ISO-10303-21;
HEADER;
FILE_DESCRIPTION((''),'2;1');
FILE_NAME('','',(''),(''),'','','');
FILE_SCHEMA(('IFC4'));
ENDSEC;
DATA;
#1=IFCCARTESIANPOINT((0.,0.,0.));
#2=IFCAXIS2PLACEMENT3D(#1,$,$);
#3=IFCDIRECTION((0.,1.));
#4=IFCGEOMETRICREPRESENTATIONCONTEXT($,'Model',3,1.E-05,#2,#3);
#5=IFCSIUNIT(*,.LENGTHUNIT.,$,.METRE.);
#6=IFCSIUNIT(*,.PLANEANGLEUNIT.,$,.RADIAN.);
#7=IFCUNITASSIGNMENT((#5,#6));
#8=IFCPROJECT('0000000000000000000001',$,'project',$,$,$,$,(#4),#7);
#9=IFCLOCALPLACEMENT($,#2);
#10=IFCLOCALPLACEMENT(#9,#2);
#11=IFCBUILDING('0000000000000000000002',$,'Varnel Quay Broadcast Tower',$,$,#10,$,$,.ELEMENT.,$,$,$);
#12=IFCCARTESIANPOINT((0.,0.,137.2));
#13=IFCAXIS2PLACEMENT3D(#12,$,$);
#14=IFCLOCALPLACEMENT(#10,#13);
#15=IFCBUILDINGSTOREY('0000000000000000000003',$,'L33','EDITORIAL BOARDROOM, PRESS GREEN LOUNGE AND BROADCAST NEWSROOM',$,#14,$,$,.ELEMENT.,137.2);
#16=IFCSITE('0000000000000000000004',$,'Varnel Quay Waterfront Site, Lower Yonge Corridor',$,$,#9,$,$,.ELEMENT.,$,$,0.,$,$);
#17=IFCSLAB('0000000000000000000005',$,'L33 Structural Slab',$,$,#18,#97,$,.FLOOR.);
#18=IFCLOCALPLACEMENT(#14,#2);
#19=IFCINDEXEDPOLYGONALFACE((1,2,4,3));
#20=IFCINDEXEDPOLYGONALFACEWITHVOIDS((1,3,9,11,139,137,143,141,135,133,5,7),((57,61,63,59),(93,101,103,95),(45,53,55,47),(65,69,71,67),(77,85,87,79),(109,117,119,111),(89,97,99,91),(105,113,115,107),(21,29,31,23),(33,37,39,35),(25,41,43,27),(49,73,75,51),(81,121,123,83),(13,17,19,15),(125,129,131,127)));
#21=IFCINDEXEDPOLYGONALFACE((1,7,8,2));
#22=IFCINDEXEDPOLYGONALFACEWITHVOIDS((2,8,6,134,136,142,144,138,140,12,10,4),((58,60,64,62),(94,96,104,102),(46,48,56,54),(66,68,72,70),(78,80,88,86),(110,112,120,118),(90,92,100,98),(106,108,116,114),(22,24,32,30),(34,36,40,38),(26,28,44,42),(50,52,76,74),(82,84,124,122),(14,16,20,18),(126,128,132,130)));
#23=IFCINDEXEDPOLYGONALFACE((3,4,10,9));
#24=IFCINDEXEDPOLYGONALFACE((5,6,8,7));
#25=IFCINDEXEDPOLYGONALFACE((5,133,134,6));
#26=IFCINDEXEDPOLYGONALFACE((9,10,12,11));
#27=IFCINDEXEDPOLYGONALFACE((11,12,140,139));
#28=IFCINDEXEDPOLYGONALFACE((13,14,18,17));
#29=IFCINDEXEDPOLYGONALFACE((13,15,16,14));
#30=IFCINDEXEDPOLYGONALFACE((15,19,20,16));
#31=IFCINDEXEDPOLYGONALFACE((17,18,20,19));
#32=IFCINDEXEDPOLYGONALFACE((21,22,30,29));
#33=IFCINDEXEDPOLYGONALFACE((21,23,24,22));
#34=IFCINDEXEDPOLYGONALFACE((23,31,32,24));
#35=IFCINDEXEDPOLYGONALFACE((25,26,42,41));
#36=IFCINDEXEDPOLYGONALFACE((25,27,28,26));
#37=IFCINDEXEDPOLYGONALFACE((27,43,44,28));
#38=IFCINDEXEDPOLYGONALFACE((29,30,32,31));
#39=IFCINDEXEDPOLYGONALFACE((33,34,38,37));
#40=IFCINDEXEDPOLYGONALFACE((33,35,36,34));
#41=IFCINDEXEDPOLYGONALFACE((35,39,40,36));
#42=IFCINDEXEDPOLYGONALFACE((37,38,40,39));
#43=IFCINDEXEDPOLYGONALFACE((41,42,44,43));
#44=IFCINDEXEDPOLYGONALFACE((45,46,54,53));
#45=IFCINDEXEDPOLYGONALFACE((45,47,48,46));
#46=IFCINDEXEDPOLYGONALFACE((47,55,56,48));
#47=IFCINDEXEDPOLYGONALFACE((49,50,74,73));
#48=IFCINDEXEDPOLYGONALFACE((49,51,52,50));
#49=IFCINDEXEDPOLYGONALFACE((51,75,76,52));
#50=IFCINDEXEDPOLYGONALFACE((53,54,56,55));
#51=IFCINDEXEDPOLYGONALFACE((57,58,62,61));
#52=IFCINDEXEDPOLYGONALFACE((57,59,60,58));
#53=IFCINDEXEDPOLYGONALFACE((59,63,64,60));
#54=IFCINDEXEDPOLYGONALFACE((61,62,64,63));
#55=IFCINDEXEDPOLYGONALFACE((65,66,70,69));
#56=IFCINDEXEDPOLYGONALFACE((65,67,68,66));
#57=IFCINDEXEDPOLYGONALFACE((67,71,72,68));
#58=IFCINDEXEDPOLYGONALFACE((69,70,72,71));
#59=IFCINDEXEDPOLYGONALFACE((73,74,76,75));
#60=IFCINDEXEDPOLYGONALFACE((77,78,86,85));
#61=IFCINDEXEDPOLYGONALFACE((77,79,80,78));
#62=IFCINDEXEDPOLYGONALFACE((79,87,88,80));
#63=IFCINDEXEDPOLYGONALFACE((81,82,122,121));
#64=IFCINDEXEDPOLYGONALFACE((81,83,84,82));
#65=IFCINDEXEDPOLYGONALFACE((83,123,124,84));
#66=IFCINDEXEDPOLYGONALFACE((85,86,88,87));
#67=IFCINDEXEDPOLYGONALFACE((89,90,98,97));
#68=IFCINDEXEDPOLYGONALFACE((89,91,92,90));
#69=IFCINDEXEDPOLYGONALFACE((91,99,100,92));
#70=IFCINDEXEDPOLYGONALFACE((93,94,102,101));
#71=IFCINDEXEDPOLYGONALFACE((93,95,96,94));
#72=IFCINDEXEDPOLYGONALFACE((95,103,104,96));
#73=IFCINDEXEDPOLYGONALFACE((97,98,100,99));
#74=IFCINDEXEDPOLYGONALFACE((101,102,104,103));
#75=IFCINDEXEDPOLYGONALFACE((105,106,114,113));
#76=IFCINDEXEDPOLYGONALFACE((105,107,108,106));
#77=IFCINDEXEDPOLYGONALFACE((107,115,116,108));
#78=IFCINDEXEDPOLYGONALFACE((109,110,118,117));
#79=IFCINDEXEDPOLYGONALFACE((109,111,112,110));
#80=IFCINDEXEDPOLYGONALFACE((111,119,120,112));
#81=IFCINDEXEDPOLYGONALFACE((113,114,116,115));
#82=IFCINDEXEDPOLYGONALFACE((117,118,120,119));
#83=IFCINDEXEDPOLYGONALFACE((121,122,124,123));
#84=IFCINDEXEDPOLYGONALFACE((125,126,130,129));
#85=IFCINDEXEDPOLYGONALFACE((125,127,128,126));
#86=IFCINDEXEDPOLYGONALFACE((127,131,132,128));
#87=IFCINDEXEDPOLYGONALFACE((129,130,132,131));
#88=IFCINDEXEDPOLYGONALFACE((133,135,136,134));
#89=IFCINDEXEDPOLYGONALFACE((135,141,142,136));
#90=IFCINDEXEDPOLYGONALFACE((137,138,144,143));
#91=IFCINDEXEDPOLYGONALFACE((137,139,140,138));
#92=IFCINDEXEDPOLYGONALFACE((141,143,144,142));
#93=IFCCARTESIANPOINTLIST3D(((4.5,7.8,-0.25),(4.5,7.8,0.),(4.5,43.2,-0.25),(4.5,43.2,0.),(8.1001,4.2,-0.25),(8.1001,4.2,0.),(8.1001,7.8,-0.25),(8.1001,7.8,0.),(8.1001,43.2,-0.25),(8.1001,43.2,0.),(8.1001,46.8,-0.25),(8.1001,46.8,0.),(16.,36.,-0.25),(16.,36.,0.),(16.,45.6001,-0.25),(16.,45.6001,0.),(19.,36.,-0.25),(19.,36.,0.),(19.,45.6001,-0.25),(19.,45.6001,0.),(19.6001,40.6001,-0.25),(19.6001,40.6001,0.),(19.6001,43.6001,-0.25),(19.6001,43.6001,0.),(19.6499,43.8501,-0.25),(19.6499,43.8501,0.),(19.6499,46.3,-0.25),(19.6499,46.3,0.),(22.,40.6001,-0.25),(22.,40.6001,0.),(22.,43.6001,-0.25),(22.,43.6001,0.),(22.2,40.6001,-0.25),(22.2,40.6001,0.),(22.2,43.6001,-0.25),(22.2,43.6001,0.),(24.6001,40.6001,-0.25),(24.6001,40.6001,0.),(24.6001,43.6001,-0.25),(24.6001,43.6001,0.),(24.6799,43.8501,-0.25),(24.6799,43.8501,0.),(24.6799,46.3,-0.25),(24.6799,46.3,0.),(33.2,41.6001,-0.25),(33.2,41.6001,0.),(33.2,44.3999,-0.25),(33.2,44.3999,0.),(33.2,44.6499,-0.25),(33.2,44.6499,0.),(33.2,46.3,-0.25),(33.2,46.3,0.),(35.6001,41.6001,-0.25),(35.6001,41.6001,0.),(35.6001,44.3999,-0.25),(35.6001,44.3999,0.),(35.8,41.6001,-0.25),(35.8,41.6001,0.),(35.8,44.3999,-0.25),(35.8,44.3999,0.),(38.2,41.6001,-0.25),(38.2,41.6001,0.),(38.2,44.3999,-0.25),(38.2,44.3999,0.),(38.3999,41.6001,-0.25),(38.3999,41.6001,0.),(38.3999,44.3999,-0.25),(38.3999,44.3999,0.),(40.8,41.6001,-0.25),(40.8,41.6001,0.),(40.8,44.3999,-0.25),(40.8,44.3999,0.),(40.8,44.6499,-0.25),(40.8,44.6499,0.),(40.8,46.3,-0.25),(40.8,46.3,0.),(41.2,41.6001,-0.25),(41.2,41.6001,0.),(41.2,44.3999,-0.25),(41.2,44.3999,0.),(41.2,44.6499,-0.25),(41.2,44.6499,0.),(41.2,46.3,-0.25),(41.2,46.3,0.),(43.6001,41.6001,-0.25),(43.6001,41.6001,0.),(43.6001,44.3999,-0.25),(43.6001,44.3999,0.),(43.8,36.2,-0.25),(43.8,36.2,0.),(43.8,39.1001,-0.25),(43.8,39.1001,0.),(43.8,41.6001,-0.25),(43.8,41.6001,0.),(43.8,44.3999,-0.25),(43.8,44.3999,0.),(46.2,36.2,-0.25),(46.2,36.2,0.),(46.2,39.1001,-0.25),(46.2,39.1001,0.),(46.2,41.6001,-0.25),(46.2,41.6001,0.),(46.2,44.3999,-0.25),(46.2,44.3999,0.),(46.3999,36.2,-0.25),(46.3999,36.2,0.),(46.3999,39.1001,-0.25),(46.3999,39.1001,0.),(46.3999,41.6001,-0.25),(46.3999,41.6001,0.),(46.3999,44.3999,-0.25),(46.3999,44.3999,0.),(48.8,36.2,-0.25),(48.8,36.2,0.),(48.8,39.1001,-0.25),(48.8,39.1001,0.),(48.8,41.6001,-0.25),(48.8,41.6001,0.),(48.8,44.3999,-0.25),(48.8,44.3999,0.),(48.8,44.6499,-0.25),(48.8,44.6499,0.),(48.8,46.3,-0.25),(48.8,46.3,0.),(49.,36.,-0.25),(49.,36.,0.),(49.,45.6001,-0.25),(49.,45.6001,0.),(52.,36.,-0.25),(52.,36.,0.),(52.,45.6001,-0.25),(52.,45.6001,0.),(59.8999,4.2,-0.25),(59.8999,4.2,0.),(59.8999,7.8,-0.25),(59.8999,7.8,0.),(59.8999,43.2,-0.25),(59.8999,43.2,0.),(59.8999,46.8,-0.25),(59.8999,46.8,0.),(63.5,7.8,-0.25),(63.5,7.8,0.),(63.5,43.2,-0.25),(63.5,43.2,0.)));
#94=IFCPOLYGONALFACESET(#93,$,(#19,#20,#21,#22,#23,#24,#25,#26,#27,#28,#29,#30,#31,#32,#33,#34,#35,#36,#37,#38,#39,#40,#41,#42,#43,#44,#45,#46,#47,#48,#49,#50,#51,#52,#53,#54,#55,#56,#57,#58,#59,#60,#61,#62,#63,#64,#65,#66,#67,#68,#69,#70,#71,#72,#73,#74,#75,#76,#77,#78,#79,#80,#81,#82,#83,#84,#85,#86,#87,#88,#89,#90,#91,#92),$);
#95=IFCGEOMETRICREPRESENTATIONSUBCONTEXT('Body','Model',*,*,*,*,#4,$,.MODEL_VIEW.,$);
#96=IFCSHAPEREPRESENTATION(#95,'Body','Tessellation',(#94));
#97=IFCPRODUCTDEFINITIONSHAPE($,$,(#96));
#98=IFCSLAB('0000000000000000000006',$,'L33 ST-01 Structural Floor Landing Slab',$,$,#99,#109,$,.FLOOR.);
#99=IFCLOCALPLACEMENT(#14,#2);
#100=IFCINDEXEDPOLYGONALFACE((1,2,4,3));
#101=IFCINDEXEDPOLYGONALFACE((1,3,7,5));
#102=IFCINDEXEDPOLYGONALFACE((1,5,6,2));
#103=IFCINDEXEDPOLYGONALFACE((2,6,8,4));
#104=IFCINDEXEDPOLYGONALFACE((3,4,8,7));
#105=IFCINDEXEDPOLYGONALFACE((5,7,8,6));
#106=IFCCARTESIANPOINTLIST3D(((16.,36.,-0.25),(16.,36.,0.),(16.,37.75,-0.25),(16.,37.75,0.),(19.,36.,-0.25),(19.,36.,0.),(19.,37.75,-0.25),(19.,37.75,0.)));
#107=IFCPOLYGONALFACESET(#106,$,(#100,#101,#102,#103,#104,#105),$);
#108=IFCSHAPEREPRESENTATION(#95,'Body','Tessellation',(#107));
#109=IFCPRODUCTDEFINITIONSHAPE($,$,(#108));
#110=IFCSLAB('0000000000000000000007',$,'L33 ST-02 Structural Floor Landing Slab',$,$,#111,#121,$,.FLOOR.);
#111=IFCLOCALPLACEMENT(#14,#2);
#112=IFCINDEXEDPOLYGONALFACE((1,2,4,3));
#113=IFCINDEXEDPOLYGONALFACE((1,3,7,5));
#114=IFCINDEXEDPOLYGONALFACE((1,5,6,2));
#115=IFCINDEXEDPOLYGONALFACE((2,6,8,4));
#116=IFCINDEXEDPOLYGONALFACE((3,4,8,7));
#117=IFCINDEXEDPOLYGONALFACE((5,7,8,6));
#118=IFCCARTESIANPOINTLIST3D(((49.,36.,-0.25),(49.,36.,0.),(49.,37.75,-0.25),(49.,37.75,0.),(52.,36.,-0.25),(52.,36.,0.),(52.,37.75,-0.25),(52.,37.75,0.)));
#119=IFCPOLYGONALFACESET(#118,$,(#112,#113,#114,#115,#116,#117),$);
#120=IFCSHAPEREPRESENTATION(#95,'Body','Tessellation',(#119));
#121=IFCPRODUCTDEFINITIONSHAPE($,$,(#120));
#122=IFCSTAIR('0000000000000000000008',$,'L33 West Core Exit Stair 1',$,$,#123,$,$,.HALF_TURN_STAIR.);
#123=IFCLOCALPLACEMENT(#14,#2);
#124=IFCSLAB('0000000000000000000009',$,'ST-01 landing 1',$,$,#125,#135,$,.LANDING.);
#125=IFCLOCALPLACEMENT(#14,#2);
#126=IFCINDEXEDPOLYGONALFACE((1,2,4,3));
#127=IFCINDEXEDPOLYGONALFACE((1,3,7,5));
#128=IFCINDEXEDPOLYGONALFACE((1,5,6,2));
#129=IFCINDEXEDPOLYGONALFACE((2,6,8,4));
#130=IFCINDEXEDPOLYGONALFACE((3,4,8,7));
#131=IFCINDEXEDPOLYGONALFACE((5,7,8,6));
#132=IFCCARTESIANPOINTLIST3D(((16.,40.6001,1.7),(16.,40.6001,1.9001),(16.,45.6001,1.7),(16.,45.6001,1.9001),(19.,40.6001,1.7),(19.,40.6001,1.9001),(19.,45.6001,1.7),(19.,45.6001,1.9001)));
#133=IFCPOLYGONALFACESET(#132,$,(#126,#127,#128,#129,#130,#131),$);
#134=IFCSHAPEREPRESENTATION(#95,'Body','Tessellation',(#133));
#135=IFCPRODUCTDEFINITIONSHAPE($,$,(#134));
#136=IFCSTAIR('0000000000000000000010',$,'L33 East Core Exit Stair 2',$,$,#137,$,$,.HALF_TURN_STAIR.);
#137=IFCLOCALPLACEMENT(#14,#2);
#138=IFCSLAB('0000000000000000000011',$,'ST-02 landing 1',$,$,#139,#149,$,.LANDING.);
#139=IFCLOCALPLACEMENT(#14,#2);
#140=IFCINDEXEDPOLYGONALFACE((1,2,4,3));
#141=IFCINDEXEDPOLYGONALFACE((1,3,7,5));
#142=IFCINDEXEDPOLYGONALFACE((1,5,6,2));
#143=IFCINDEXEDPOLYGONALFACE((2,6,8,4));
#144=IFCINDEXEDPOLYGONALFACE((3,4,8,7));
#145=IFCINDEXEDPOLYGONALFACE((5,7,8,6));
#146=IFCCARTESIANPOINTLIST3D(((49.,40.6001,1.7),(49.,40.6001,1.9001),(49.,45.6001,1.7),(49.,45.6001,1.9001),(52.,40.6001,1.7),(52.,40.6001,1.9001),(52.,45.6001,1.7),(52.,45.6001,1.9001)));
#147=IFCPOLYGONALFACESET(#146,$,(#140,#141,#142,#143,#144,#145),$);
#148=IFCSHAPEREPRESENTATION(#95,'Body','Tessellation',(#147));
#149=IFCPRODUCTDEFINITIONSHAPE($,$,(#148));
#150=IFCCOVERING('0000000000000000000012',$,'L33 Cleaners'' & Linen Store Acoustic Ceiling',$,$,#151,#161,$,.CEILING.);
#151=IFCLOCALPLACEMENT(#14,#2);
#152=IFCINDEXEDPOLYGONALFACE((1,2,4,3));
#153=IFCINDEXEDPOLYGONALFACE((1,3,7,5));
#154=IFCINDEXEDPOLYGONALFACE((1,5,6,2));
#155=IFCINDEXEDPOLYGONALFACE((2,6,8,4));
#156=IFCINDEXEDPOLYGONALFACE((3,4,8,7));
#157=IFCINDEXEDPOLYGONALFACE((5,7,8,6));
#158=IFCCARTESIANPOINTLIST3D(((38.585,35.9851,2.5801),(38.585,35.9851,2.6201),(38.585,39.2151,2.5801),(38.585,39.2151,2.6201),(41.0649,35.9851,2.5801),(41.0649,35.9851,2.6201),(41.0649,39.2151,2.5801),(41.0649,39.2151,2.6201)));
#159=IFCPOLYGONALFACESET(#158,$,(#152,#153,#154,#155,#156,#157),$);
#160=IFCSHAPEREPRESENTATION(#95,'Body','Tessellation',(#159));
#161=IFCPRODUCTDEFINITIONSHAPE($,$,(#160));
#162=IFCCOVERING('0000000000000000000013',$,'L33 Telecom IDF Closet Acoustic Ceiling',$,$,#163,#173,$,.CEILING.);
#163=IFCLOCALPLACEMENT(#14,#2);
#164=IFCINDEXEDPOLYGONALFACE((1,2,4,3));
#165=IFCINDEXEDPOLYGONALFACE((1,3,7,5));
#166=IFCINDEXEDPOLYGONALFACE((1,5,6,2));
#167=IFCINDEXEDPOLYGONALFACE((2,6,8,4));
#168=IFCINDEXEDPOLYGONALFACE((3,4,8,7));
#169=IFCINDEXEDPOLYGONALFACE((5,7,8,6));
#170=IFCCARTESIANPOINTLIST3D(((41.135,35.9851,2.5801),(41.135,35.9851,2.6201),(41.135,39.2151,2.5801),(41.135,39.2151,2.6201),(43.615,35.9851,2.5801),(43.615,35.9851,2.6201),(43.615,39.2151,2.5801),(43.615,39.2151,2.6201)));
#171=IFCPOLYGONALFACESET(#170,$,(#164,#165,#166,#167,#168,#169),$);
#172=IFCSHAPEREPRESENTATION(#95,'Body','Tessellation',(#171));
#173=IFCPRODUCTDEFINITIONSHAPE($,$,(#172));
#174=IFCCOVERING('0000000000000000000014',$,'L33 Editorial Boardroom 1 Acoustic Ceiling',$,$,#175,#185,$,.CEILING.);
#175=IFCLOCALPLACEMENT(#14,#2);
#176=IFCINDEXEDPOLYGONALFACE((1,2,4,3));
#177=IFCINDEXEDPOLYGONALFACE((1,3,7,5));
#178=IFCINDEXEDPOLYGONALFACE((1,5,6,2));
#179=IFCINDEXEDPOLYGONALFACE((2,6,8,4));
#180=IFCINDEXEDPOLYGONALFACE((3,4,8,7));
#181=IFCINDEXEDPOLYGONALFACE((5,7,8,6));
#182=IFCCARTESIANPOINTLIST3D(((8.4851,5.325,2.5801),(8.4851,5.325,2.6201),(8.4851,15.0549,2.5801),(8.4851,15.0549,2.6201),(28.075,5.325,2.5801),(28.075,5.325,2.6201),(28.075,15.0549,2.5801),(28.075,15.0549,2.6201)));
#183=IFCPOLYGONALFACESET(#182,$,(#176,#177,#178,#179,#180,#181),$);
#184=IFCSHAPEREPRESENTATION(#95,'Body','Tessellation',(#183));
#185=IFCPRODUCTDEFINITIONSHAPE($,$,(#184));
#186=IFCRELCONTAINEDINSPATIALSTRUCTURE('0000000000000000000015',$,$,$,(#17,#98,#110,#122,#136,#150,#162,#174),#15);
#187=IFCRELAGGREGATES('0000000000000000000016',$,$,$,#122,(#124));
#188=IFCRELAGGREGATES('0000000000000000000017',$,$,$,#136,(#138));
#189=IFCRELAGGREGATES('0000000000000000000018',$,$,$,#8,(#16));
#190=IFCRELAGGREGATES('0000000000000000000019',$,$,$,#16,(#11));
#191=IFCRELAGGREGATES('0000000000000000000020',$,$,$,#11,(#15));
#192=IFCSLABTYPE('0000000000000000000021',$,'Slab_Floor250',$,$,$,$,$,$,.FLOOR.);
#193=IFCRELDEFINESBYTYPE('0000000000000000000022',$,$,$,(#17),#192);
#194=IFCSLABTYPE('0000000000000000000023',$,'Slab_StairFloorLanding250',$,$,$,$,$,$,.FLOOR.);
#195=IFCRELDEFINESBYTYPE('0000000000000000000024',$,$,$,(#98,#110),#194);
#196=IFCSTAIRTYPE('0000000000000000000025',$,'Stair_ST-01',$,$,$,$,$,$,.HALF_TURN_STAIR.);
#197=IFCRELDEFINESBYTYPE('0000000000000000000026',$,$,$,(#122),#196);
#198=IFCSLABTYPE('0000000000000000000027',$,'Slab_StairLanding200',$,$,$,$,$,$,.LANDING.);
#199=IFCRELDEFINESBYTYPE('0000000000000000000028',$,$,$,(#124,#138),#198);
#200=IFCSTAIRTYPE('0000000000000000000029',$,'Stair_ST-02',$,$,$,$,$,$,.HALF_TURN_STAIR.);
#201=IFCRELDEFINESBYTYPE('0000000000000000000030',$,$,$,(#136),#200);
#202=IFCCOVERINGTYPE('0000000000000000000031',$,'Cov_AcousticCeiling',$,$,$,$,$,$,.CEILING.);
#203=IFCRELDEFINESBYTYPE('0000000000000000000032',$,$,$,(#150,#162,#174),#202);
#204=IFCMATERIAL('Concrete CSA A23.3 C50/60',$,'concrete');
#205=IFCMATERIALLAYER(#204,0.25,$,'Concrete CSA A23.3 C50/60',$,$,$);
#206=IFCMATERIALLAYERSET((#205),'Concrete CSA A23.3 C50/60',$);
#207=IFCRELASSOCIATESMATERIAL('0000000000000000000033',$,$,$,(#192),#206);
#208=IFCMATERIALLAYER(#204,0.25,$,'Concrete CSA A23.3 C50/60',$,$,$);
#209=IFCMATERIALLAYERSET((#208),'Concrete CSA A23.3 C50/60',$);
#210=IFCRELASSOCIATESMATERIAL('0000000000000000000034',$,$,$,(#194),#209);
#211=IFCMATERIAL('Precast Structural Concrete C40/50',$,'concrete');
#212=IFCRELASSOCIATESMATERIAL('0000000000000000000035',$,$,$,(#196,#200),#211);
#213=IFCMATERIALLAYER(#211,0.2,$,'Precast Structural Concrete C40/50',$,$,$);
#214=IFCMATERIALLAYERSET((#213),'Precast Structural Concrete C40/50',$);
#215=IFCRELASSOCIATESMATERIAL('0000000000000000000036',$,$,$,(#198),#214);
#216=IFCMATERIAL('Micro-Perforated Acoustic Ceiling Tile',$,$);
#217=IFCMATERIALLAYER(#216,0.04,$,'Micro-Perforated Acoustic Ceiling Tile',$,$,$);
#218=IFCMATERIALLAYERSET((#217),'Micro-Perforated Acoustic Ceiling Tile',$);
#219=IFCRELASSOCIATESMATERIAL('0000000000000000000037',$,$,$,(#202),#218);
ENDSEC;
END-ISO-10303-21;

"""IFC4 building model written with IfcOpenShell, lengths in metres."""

from ifc_helpers import new_model, si_unit, direction, frame, origin, place, context, subcontext, project, spatial, polyline, outline, extrude, material, layer, layer_set, type_object, element, aggregate, save


model = new_model("IFC4")

# Units and contexts
model_context = context("Model", 3, precision=1e-05, world=origin(), true_north=direction((0.0, 1.0)))
body_context = subcontext(model_context, "Body", "Model", "MODEL_VIEW")
ifc_project = project(units=[si_unit("LENGTHUNIT", "METRE"), si_unit("PLANEANGLEUNIT", "RADIAN")], contexts=[model_context])

# Site, building, storey
site_placement = place(None, origin())
site = spatial("IfcSite", under=ifc_project, at=site_placement, Name="Varnel Quay Waterfront Site, Lower Yonge Corridor", CompositionType="ELEMENT", RefElevation=0.0)
building_placement = place(site_placement, origin())
building = spatial("IfcBuilding", under=site, at=building_placement, Name="Varnel Quay Broadcast Tower", CompositionType="ELEMENT")
storey_placement = place(building_placement, frame((0.0, 0.0, 137.2)))
storey = spatial("IfcBuildingStorey", under=building, at=storey_placement, Name="L33", Description="EDITORIAL BOARDROOM, PRESS GREEN LOUNGE AND BROADCAST NEWSROOM", CompositionType="ELEMENT", Elevation=137.2)

# Slabs
ifc_material_1 = material(Name="Concrete CSA A23.3 C50/60", Category="concrete")
ifc_layer_1 = layer(ifc_material_1, 0.25, Name="Concrete CSA A23.3 C50/60")
ifc_layer_set_1 = layer_set([ifc_layer_1], Name="Concrete CSA A23.3 C50/60")
slab_type_1 = type_object("IfcSlabType", Name="Slab_Floor250", PredefinedType="FLOOR", material=ifc_layer_set_1)
slab_1_placement = place(storey_placement, frame((0.0, 0.0, -0.25)))
element("IfcSlab", 1, at=slab_1_placement, inside=storey, type_object=slab_type_1, Name="L33 Structural Slab", PredefinedType="FLOOR", context=body_context, shape_type="SweptSolid", body=[
    extrude(outline(polyline([(8.1001, 4.2), (59.8999, 4.2), (59.8999, 7.8), (63.5, 7.8), (63.5, 43.2), (59.8999, 43.2), (59.8999, 46.8), (8.1001, 46.8), (8.1001, 43.2), (4.5, 43.2), (4.5, 7.8), (8.1001, 7.8), (8.1001, 4.2)]), holes=[polyline([(19.0, 36.0), (16.0, 36.0), (16.0, 45.6001), (19.0, 45.6001), (19.0, 36.0)]), polyline([(19.6001, 43.6001), (22.0, 43.6001), (22.0, 40.6001), (19.6001, 40.6001), (19.6001, 43.6001)]), polyline([(22.2, 43.6001), (24.6001, 43.6001), (24.6001, 40.6001), (22.2, 40.6001), (22.2, 43.6001)]), polyline([(33.2, 44.3999), (35.6001, 44.3999), (35.6001, 41.6001), (33.2, 41.6001), (33.2, 44.3999)]), polyline([(35.8, 44.3999), (38.2, 44.3999), (38.2, 41.6001), (35.8, 41.6001), (35.8, 44.3999)]), polyline([(38.3999, 44.3999), (40.8, 44.3999), (40.8, 41.6001), (38.3999, 41.6001), (38.3999, 44.3999)]), polyline([(19.6499, 46.3), (24.6799, 46.3), (24.6799, 43.8501), (19.6499, 43.8501), (19.6499, 46.3)]), polyline([(33.2, 46.3), (40.8, 46.3), (40.8, 44.6499), (33.2, 44.6499), (33.2, 46.3)]), polyline([(43.8, 39.1001), (46.2, 39.1001), (46.2, 36.2), (43.8, 36.2), (43.8, 39.1001)]), polyline([(46.3999, 39.1001), (48.8, 39.1001), (48.8, 36.2), (46.3999, 36.2), (46.3999, 39.1001)]), polyline([(49.0, 36.0), (49.0, 45.6001), (52.0, 45.6001), (52.0, 36.0), (49.0, 36.0)]), polyline([(41.2, 44.3999), (43.6001, 44.3999), (43.6001, 41.6001), (41.2, 41.6001), (41.2, 44.3999)]), polyline([(43.8, 44.3999), (46.2, 44.3999), (46.2, 41.6001), (43.8, 41.6001), (43.8, 44.3999)]), polyline([(46.3999, 44.3999), (48.8, 44.3999), (48.8, 41.6001), (46.3999, 41.6001), (46.3999, 44.3999)]), polyline([(41.2, 46.3), (48.8, 46.3), (48.8, 44.6499), (41.2, 44.6499), (41.2, 46.3)])]), origin(), (0.0, 0.0, 1.0), 0.25),
])
ifc_layer_2 = layer(ifc_material_1, 0.25, Name="Concrete CSA A23.3 C50/60")
ifc_layer_set_2 = layer_set([ifc_layer_2], Name="Concrete CSA A23.3 C50/60")
slab_type_2 = type_object("IfcSlabType", Name="Slab_StairFloorLanding250", PredefinedType="FLOOR", material=ifc_layer_set_2)
slab_2_placement = place(storey_placement, frame((0.0, 0.0, -0.25)))
element("IfcSlab", 2, at=slab_2_placement, inside=storey, type_object=slab_type_2, Name="L33 ST-01 Structural Floor Landing Slab", PredefinedType="FLOOR", context=body_context, shape_type="SweptSolid", body=[
    extrude(outline(polyline([(19.0, 36.0), (19.0, 37.75), (16.0, 37.75), (16.0, 36.0), (19.0, 36.0)])), origin(), (0.0, 0.0, 1.0), 0.25),
])
slab_3_placement = place(storey_placement, frame((0.0, 0.0, -0.25)))
element("IfcSlab", 3, at=slab_3_placement, inside=storey, type_object=slab_type_2, Name="L33 ST-02 Structural Floor Landing Slab", PredefinedType="FLOOR", context=body_context, shape_type="SweptSolid", body=[
    extrude(outline(polyline([(52.0, 36.0), (52.0, 37.75), (49.0, 37.75), (49.0, 36.0), (52.0, 36.0)])), origin(), (0.0, 0.0, 1.0), 0.25),
])

# Stairs, slabs
ifc_material_2 = material(Name="Precast Structural Concrete C40/50", Category="concrete")
stair_type_1 = type_object("IfcStairType", Name="Stair_ST-01", PredefinedType="HALF_TURN_STAIR", material=ifc_material_2)
stair_1_placement = place(storey_placement, origin())
stair_1 = element("IfcStair", 4, at=stair_1_placement, inside=storey, type_object=stair_type_1, Name="L33 West Core Exit Stair 1", PredefinedType="HALF_TURN_STAIR")
ifc_layer_3 = layer(ifc_material_2, 0.2, Name="Precast Structural Concrete C40/50")
ifc_layer_set_3 = layer_set([ifc_layer_3], Name="Precast Structural Concrete C40/50")
slab_type_3 = type_object("IfcSlabType", Name="Slab_StairLanding200", PredefinedType="LANDING", material=ifc_layer_set_3)
slab_4_placement = place(storey_placement, frame((0.0, 0.0, 1.7)))
slab_4 = element("IfcSlab", 5, at=slab_4_placement, type_object=slab_type_3, Name="ST-01 landing 1", PredefinedType="LANDING", context=body_context, shape_type="SweptSolid", body=[
    extrude(outline(polyline([(19.0, 40.6001), (19.0, 45.6001), (16.0, 45.6001), (16.0, 40.6001), (19.0, 40.6001)])), origin(), (0.0, 0.0, 1.0), 0.2002),
])
aggregate(stair_1, [slab_4])
stair_type_2 = type_object("IfcStairType", Name="Stair_ST-02", PredefinedType="HALF_TURN_STAIR", material=ifc_material_2)
stair_2_placement = place(storey_placement, origin())
stair_2 = element("IfcStair", 6, at=stair_2_placement, inside=storey, type_object=stair_type_2, Name="L33 East Core Exit Stair 2", PredefinedType="HALF_TURN_STAIR")
slab_5_placement = place(storey_placement, frame((0.0, 0.0, 1.7)))
slab_5 = element("IfcSlab", 7, at=slab_5_placement, type_object=slab_type_3, Name="ST-02 landing 1", PredefinedType="LANDING", context=body_context, shape_type="SweptSolid", body=[
    extrude(outline(polyline([(52.0, 40.6001), (52.0, 45.6001), (49.0, 45.6001), (49.0, 40.6001), (52.0, 40.6001)])), origin(), (0.0, 0.0, 1.0), 0.2002),
])
aggregate(stair_2, [slab_5])

# Coverings
ifc_material_3 = material(Name="Micro-Perforated Acoustic Ceiling Tile")
ifc_layer_4 = layer(ifc_material_3, 0.04, Name="Micro-Perforated Acoustic Ceiling Tile")
ifc_layer_set_4 = layer_set([ifc_layer_4], Name="Micro-Perforated Acoustic Ceiling Tile")
covering_type = type_object("IfcCoveringType", Name="Cov_AcousticCeiling", PredefinedType="CEILING", material=ifc_layer_set_4)
covering_1_placement = place(storey_placement, frame((0.0, 0.0, 2.5801)))
element("IfcCovering", 8, at=covering_1_placement, inside=storey, type_object=covering_type, Name="L33 Cleaners' & Linen Store Acoustic Ceiling", PredefinedType="CEILING", context=body_context, shape_type="SweptSolid", body=[
    extrude(outline(polyline([(38.585, 35.9851), (41.0649, 35.9851), (41.0649, 39.2151), (38.585, 39.2151), (38.585, 35.9851)])), origin(), (0.0, 0.0, 1.0), 0.04),
])
covering_2_placement = place(storey_placement, frame((0.0, 0.0, 2.5801)))
element("IfcCovering", 9, at=covering_2_placement, inside=storey, type_object=covering_type, Name="L33 Telecom IDF Closet Acoustic Ceiling", PredefinedType="CEILING", context=body_context, shape_type="SweptSolid", body=[
    extrude(outline(polyline([(41.135, 35.9851), (43.615, 35.9851), (43.615, 39.2151), (41.135, 39.2151), (41.135, 35.9851)])), origin(), (0.0, 0.0, 1.0), 0.04),
])
covering_3_placement = place(storey_placement, frame((0.0, 0.0, 2.5801)))
element("IfcCovering", 10, at=covering_3_placement, inside=storey, type_object=covering_type, Name="L33 Editorial Boardroom 1 Acoustic Ceiling", PredefinedType="CEILING", context=body_context, shape_type="SweptSolid", body=[
    extrude(outline(polyline([(8.4851, 5.325), (28.075, 5.325), (28.075, 15.0549), (8.4851, 15.0549), (8.4851, 5.325)])), origin(), (0.0, 0.0, 1.0), 0.04),
])

save(model, "model.ifc")
